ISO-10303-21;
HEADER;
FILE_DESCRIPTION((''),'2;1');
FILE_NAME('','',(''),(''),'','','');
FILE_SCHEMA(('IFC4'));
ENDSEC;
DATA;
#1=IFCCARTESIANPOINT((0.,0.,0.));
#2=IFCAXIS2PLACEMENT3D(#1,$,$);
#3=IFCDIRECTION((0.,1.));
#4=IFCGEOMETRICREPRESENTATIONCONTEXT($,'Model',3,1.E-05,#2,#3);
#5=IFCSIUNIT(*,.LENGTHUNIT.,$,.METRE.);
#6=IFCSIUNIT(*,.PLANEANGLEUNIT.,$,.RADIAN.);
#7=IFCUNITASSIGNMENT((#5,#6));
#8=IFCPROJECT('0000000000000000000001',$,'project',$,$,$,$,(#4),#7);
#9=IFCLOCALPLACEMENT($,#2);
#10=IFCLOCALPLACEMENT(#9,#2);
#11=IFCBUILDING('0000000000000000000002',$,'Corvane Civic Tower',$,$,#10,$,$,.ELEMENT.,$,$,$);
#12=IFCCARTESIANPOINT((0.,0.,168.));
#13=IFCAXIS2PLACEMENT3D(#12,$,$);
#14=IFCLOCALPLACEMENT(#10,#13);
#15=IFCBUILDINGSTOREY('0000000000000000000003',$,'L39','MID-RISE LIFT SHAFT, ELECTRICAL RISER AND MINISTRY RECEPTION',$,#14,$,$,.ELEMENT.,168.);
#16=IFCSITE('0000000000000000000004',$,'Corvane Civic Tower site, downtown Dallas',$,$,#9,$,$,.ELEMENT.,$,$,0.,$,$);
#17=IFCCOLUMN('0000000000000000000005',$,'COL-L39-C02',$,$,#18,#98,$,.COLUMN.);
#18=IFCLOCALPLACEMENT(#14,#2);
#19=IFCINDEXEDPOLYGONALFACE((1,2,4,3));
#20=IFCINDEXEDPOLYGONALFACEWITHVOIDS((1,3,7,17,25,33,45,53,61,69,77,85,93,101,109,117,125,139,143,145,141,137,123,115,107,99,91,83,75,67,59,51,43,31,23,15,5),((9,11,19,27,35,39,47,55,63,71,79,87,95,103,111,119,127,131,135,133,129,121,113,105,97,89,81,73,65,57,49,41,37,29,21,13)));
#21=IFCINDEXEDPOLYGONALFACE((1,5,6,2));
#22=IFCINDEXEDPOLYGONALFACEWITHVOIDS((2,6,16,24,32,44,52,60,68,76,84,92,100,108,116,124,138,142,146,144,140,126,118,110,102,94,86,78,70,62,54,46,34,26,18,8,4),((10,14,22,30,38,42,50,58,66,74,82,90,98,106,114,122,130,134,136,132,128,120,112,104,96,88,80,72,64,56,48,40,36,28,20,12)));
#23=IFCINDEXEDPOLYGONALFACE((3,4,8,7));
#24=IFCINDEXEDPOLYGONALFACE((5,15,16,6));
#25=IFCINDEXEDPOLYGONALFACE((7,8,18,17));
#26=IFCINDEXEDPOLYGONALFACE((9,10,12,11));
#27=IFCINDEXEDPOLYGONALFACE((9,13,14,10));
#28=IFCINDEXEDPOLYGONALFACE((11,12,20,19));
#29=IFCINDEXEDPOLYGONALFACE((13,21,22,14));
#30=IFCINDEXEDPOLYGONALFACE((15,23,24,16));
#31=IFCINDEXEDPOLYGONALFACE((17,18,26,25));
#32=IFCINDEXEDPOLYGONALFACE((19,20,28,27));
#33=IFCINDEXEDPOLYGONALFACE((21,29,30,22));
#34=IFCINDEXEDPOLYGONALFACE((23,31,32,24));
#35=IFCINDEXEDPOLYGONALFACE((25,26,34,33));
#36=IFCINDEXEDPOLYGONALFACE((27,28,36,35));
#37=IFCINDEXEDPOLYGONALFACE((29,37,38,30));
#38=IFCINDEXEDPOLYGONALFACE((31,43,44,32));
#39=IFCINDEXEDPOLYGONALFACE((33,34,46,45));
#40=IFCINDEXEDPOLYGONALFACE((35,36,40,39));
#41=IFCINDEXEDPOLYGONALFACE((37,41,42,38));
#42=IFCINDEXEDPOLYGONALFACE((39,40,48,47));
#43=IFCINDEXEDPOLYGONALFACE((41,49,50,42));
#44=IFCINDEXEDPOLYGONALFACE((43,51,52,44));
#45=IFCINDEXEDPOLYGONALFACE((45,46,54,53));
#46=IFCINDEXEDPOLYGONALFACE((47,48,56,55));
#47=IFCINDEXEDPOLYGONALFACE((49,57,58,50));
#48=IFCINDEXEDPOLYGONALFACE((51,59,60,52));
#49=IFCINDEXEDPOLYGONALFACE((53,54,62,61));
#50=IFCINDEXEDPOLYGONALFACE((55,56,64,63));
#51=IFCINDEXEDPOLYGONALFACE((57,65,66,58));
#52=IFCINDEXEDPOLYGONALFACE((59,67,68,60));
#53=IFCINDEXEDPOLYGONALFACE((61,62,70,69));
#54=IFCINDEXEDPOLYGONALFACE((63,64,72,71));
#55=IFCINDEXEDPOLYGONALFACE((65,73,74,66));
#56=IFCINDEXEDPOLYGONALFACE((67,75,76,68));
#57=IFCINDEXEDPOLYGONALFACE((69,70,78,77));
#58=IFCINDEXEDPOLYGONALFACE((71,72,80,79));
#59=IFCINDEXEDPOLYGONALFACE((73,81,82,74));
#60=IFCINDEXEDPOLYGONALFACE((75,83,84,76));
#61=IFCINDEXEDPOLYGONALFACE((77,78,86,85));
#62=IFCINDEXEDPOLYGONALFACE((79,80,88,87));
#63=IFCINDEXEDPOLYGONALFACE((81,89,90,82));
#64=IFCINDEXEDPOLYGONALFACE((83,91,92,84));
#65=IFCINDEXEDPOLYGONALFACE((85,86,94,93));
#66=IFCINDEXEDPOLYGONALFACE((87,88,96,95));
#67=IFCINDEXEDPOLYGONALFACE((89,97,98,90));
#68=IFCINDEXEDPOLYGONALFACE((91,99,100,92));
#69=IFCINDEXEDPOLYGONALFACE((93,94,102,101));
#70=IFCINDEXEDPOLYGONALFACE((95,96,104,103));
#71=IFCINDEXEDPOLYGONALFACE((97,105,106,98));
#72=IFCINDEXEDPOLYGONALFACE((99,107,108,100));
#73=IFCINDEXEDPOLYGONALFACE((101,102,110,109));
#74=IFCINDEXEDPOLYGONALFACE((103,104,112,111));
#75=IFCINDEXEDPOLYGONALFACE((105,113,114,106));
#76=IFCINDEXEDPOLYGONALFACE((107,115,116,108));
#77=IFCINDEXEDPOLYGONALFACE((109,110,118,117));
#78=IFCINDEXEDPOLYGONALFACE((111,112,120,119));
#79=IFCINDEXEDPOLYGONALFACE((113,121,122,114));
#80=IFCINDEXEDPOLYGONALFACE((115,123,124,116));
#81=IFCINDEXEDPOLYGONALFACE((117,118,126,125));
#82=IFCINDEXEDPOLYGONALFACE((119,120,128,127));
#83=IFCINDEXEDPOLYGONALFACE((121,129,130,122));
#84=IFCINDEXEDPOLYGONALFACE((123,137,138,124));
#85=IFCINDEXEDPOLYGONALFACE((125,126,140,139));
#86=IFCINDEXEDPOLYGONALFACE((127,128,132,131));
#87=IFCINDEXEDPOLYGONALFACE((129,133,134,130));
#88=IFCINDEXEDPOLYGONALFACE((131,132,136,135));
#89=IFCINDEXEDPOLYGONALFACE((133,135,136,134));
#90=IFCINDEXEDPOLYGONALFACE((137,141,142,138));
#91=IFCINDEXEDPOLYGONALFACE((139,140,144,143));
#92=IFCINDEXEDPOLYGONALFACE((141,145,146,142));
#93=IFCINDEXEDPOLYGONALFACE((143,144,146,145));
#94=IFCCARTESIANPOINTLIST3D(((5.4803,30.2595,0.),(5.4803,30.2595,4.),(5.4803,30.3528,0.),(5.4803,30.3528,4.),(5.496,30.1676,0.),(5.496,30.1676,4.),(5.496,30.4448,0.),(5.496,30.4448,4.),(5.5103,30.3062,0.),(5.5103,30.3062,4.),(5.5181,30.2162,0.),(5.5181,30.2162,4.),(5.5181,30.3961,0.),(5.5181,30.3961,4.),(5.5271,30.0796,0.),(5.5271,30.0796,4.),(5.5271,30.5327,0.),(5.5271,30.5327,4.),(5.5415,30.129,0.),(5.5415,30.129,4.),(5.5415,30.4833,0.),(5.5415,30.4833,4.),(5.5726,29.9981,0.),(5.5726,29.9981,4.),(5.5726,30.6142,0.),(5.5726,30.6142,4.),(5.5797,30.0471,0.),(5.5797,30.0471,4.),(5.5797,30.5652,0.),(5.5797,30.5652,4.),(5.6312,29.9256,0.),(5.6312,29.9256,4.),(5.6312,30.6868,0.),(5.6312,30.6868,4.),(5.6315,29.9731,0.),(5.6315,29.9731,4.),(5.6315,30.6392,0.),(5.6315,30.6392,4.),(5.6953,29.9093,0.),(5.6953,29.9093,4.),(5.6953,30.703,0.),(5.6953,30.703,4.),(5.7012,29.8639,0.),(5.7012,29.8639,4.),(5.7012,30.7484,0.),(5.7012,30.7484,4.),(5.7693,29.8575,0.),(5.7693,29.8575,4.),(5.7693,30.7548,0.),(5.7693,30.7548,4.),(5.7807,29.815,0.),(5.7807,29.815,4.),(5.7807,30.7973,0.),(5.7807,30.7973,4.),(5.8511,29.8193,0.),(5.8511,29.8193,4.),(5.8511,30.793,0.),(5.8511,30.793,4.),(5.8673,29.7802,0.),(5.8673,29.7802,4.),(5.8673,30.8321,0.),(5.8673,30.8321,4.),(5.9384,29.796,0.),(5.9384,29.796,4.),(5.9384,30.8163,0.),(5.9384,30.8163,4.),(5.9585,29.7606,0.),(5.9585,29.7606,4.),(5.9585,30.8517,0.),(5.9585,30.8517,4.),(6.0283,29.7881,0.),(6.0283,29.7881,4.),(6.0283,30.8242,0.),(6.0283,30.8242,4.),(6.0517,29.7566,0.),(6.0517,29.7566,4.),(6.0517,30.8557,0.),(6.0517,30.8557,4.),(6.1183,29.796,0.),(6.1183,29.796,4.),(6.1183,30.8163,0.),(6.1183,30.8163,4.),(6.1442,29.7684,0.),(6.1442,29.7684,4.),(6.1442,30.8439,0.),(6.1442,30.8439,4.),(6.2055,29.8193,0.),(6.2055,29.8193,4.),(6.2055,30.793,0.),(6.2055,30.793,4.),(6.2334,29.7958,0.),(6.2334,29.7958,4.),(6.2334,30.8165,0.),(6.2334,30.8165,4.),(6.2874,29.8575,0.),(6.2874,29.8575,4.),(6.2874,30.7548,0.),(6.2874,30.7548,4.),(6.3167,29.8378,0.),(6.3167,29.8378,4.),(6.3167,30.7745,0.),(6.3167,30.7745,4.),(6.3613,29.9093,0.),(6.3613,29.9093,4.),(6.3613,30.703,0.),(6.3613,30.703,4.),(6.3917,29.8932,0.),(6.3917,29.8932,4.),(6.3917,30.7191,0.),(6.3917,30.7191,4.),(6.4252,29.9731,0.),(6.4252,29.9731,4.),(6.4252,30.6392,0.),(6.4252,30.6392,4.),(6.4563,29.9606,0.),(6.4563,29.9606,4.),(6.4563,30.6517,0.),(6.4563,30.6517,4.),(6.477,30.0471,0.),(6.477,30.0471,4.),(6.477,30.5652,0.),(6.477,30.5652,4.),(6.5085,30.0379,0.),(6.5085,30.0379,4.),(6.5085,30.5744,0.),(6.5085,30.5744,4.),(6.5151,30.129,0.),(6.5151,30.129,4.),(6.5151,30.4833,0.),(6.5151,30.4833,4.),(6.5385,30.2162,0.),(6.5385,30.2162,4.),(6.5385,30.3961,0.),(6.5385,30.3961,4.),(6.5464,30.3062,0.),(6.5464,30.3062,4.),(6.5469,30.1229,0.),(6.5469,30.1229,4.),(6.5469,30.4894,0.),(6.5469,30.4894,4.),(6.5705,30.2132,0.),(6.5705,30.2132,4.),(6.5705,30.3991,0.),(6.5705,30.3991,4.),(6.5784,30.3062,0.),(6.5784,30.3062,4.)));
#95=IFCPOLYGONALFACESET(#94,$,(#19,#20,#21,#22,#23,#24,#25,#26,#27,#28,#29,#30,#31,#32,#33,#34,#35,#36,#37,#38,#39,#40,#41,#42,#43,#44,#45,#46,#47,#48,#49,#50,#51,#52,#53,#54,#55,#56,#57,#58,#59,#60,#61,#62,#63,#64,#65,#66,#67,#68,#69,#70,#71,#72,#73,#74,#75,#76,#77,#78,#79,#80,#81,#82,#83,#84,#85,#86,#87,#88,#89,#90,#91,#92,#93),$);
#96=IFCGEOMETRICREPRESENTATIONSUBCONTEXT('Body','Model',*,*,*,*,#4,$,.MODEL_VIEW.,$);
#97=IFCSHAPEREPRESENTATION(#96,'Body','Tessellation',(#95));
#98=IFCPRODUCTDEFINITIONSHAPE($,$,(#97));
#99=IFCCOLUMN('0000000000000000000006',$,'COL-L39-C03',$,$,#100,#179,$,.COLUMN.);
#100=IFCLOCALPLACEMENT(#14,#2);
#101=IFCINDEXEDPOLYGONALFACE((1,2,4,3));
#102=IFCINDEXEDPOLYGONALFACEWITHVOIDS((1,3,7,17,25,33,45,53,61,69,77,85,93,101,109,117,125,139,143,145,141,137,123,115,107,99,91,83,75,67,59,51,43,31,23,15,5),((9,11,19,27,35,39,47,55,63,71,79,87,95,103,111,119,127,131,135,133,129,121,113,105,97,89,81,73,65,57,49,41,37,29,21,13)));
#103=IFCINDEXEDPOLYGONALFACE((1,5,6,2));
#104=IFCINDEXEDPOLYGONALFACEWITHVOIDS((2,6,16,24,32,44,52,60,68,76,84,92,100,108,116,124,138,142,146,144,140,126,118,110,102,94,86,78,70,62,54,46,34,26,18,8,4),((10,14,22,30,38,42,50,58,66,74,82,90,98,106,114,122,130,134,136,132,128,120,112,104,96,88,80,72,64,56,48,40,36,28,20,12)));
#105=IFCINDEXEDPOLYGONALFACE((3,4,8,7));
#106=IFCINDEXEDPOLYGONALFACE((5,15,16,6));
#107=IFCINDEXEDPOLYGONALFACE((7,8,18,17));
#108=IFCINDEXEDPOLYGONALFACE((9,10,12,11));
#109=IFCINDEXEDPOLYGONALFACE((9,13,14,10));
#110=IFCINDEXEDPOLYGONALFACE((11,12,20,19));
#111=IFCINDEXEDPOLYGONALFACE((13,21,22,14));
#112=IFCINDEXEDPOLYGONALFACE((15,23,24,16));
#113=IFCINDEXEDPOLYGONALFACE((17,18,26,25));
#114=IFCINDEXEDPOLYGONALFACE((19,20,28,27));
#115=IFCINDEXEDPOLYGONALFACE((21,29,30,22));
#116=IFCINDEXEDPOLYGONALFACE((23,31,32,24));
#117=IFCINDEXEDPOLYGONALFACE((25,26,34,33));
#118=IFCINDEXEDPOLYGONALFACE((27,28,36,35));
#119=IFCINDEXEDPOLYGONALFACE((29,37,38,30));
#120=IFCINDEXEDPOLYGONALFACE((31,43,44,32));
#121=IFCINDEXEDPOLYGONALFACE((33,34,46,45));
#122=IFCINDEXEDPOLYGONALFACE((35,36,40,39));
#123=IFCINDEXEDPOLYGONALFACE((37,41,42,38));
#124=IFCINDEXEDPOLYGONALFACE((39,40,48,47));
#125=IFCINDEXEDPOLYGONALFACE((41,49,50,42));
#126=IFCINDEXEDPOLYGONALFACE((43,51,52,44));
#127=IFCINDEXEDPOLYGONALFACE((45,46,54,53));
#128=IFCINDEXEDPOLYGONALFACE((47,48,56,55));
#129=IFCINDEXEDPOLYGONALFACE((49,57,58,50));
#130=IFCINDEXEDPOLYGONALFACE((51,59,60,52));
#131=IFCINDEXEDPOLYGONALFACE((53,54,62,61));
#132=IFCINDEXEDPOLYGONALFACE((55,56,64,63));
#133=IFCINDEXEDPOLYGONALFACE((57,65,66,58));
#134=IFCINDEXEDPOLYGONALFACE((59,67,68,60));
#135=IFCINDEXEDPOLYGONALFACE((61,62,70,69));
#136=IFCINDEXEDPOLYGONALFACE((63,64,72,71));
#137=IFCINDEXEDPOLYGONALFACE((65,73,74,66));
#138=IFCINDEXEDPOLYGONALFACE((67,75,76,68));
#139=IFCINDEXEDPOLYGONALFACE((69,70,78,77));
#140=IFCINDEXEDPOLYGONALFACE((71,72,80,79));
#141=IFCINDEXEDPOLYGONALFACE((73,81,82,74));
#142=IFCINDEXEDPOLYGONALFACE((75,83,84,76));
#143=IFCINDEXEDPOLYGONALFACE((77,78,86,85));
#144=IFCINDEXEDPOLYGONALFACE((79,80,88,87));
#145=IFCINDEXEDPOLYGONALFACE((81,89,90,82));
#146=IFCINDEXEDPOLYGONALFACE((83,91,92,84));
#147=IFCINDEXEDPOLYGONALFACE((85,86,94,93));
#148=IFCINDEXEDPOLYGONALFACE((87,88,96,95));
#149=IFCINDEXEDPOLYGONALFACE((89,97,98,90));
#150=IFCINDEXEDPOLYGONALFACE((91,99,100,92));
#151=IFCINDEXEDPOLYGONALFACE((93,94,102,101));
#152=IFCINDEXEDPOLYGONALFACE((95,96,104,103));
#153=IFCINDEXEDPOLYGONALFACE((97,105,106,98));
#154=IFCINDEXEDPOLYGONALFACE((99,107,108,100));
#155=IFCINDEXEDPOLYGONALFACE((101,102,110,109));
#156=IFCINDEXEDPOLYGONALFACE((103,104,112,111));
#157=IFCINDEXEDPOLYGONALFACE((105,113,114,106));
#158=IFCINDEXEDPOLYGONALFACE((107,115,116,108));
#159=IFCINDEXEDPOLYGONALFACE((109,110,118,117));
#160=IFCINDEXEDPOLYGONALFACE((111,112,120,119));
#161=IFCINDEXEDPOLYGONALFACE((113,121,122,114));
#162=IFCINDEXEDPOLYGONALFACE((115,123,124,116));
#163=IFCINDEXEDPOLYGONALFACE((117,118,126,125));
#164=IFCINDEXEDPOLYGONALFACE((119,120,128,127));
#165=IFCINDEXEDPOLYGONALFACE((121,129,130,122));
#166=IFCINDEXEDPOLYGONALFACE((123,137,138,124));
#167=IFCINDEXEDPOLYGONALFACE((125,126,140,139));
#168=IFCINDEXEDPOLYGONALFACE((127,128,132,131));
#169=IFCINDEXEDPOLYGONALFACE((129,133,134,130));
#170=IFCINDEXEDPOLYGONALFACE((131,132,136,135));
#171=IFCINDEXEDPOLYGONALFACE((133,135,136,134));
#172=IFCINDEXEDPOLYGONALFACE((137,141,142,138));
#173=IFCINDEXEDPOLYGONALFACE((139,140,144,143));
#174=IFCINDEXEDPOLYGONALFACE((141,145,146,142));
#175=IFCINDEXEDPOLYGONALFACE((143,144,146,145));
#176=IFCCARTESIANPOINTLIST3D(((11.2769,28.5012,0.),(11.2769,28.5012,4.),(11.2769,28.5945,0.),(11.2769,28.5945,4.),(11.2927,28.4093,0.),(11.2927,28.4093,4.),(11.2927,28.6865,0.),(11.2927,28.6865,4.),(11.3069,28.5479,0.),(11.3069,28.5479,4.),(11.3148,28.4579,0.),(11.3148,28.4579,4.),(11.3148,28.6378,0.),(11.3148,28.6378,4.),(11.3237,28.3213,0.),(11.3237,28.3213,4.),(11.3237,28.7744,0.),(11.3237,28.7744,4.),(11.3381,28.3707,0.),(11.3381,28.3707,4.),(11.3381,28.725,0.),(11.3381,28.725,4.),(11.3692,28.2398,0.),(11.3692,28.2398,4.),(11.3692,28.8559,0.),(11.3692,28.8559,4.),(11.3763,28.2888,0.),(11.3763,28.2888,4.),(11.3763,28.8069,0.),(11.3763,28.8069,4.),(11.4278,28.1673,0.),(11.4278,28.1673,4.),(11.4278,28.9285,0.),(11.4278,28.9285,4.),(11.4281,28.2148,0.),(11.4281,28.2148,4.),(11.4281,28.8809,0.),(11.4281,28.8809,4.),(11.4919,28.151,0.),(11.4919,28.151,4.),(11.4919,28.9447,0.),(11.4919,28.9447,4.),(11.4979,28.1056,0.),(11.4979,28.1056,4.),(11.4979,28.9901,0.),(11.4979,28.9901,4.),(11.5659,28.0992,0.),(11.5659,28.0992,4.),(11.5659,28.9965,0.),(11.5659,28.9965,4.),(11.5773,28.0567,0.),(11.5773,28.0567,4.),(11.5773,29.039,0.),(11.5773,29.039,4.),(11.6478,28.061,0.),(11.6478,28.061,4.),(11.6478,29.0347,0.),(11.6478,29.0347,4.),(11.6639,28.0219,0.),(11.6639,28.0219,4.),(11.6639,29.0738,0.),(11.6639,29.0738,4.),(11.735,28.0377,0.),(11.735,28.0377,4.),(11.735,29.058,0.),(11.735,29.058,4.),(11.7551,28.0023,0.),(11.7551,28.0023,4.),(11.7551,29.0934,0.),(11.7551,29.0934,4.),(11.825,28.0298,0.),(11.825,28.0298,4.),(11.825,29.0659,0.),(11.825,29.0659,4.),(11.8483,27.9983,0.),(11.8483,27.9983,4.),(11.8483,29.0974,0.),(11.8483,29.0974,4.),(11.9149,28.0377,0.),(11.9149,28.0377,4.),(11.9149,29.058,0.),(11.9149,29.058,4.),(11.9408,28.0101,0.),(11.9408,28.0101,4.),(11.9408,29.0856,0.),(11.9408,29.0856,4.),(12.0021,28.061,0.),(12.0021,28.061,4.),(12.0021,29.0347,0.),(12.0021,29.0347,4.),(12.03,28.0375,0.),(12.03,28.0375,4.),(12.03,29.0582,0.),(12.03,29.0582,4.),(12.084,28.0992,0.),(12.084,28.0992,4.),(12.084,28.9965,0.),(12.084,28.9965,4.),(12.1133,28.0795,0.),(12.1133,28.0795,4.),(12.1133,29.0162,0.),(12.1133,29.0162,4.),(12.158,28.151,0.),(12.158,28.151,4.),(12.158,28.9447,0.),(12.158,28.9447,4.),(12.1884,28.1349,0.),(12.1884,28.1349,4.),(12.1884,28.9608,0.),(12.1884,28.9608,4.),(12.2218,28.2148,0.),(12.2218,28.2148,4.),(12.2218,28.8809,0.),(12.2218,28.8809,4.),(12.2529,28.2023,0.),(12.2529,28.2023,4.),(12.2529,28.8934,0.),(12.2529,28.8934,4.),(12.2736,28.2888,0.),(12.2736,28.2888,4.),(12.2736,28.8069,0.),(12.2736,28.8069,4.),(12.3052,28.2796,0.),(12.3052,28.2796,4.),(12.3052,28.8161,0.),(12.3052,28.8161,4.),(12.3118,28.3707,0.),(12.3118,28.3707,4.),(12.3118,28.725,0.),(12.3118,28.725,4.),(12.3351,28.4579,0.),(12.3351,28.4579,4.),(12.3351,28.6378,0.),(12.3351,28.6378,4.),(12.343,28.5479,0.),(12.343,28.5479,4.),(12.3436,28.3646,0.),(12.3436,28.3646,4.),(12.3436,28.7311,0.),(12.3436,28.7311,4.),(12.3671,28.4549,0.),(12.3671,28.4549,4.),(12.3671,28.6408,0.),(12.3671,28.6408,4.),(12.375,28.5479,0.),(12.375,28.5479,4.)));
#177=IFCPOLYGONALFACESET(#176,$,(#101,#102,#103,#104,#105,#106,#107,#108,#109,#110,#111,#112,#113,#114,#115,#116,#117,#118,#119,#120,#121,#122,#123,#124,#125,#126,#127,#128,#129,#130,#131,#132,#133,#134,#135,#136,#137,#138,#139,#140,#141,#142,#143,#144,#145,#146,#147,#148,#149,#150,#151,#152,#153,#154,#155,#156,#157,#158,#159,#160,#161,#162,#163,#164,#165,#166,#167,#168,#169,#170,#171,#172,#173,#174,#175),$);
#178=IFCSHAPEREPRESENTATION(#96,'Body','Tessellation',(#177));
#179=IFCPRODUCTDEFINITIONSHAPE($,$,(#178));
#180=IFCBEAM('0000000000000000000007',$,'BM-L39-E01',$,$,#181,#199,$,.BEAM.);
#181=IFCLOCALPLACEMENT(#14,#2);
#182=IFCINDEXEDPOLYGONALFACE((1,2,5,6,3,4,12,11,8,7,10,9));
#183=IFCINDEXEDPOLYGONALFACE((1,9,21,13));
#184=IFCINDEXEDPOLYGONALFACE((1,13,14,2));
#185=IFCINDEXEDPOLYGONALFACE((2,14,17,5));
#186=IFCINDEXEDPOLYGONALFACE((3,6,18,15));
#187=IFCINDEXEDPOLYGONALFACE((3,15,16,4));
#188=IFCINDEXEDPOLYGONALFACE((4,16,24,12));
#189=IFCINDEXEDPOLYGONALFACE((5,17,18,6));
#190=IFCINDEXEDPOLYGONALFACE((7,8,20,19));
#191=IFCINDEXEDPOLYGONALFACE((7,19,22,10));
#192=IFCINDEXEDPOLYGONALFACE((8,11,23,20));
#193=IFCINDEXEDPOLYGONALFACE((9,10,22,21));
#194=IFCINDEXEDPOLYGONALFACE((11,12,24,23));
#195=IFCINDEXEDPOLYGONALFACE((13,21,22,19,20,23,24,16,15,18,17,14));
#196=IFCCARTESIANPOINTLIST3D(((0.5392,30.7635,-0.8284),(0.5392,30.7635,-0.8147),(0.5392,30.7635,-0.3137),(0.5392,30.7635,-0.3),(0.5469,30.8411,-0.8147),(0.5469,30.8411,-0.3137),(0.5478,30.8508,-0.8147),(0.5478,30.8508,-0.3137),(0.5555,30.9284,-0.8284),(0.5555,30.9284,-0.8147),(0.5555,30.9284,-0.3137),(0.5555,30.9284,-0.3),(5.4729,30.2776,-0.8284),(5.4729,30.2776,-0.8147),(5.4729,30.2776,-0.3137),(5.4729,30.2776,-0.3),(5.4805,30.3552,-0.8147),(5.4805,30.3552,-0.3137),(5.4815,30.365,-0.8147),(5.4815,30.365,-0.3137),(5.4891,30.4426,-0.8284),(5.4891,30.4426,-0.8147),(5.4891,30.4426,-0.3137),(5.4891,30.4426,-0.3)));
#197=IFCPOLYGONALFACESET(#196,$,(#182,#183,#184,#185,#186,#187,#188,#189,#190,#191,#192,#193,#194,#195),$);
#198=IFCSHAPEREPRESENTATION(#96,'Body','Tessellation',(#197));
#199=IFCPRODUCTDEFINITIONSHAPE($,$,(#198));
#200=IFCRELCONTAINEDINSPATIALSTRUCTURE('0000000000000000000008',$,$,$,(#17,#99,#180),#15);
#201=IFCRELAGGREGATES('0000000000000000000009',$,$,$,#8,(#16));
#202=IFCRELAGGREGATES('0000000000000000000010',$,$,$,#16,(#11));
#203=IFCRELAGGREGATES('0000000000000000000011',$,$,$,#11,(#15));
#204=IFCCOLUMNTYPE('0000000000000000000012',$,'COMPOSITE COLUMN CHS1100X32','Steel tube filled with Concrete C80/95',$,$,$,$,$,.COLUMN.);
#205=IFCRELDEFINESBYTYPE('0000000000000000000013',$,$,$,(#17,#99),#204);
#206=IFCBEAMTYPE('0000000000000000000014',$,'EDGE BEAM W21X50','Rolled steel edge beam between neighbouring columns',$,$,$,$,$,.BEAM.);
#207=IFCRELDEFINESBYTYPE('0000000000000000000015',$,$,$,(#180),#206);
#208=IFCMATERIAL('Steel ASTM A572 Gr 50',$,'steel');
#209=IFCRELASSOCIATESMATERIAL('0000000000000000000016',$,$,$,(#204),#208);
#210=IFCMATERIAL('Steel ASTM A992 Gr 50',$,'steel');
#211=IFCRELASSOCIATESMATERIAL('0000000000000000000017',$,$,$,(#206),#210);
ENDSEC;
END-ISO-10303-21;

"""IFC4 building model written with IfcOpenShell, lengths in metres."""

from ifc_helpers import new_model, si_unit, direction, frame, origin, origin_2d, place, context, subcontext, project, spatial, hollow_circle, i_section, extrude, material, material_profile, profile_set, type_object, element, save


model = new_model("IFC4")

# Units and contexts
model_context = context("Model", 3, precision=1e-05, world=origin(), true_north=direction((0.0, 1.0)))
body_context = subcontext(model_context, "Body", "Model", "MODEL_VIEW")
ifc_project = project(units=[si_unit("LENGTHUNIT", "METRE"), si_unit("PLANEANGLEUNIT", "RADIAN")], contexts=[model_context])

# Site, building, storey
site_placement = place(None, origin())
site = spatial("IfcSite", under=ifc_project, at=site_placement, Name="Corvane Civic Tower site, downtown Dallas", CompositionType="ELEMENT", RefElevation=0.0)
building_placement = place(site_placement, origin())
building = spatial("IfcBuilding", under=site, at=building_placement, Name="Corvane Civic Tower", CompositionType="ELEMENT")
storey_placement = place(building_placement, frame((0.0, 0.0, 168.0)))
storey = spatial("IfcBuildingStorey", under=building, at=storey_placement, Name="L39", Description="MID-RISE LIFT SHAFT, ELECTRICAL RISER AND MINISTRY RECEPTION", CompositionType="ELEMENT", Elevation=168.0)

# Columns
ifc_material_1 = material(Name="Steel ASTM A572 Gr 50", Category="steel")
ifc_material_profile_1 = material_profile(ifc_material_1, hollow_circle(Radius=0.55, WallThickness=0.032, at=origin_2d()), Name="CHS1100X32")
ifc_profile_set_1 = profile_set([ifc_material_profile_1], Name="Steel ASTM A572 Gr 50")
column_type = type_object("IfcColumnType", Name="COMPOSITE COLUMN CHS1100X32", Description="Steel tube filled with Concrete C80/95", PredefinedType="COLUMN", material=ifc_profile_set_1)
for number, where, z_axis, x_axis, name in (
    (1, (6.0283, 30.3062, 0.0), (0.0, 0.0, 1.0), (1.0, 0.0, 0.0), "COL-L39-C02"),
    (2, (11.825, 28.5479, 0.0), (0.0, 0.0, 1.0), (1.0, 0.0, 0.0), "COL-L39-C03"),
):
    element("IfcColumn", number, at=place(storey_placement, frame(where, z_axis=z_axis, x_axis=x_axis)), inside=storey, type_object=column_type, Name=name, PredefinedType="COLUMN", context=body_context, shape_type="SweptSolid", body=[
        extrude(hollow_circle(Radius=0.55, WallThickness=0.032, at=origin_2d()), origin(), (0.0, 0.0, 1.0), 4.0),
    ])

# Beam
ifc_material_2 = material(Name="Steel ASTM A992 Gr 50", Category="steel")
ifc_material_profile_2 = material_profile(ifc_material_2, i_section(OverallWidth=0.1658, OverallDepth=0.5283, WebThickness=0.0098, FlangeThickness=0.0137, at=origin_2d()), Name="W21X50")
ifc_profile_set_2 = profile_set([ifc_material_profile_2], Name="Steel ASTM A992 Gr 50")
beam_type_1 = type_object("IfcBeamType", Name="EDGE BEAM W21X50", Description="Rolled steel edge beam between neighbouring columns", PredefinedType="BEAM", material=ifc_profile_set_2)
beam_1_placement = place(storey_placement, frame((0.5474, 30.8459, -0.5642), z_axis=(0.995186, -0.098002, 0.0), x_axis=(0.098002, 0.995186, 0.0)))
element("IfcBeam", 3, at=beam_1_placement, inside=storey, type_object=beam_type_1, Name="BM-L39-E01", PredefinedType="BEAM", context=body_context, shape_type="SweptSolid", body=[
    extrude(i_section(OverallWidth=0.1658, OverallDepth=0.5283, WebThickness=0.0098, FlangeThickness=0.0137, at=origin_2d()), origin(), (0.0, 0.0, 1.0), 4.9575),
])

save(model, "model.ifc")
